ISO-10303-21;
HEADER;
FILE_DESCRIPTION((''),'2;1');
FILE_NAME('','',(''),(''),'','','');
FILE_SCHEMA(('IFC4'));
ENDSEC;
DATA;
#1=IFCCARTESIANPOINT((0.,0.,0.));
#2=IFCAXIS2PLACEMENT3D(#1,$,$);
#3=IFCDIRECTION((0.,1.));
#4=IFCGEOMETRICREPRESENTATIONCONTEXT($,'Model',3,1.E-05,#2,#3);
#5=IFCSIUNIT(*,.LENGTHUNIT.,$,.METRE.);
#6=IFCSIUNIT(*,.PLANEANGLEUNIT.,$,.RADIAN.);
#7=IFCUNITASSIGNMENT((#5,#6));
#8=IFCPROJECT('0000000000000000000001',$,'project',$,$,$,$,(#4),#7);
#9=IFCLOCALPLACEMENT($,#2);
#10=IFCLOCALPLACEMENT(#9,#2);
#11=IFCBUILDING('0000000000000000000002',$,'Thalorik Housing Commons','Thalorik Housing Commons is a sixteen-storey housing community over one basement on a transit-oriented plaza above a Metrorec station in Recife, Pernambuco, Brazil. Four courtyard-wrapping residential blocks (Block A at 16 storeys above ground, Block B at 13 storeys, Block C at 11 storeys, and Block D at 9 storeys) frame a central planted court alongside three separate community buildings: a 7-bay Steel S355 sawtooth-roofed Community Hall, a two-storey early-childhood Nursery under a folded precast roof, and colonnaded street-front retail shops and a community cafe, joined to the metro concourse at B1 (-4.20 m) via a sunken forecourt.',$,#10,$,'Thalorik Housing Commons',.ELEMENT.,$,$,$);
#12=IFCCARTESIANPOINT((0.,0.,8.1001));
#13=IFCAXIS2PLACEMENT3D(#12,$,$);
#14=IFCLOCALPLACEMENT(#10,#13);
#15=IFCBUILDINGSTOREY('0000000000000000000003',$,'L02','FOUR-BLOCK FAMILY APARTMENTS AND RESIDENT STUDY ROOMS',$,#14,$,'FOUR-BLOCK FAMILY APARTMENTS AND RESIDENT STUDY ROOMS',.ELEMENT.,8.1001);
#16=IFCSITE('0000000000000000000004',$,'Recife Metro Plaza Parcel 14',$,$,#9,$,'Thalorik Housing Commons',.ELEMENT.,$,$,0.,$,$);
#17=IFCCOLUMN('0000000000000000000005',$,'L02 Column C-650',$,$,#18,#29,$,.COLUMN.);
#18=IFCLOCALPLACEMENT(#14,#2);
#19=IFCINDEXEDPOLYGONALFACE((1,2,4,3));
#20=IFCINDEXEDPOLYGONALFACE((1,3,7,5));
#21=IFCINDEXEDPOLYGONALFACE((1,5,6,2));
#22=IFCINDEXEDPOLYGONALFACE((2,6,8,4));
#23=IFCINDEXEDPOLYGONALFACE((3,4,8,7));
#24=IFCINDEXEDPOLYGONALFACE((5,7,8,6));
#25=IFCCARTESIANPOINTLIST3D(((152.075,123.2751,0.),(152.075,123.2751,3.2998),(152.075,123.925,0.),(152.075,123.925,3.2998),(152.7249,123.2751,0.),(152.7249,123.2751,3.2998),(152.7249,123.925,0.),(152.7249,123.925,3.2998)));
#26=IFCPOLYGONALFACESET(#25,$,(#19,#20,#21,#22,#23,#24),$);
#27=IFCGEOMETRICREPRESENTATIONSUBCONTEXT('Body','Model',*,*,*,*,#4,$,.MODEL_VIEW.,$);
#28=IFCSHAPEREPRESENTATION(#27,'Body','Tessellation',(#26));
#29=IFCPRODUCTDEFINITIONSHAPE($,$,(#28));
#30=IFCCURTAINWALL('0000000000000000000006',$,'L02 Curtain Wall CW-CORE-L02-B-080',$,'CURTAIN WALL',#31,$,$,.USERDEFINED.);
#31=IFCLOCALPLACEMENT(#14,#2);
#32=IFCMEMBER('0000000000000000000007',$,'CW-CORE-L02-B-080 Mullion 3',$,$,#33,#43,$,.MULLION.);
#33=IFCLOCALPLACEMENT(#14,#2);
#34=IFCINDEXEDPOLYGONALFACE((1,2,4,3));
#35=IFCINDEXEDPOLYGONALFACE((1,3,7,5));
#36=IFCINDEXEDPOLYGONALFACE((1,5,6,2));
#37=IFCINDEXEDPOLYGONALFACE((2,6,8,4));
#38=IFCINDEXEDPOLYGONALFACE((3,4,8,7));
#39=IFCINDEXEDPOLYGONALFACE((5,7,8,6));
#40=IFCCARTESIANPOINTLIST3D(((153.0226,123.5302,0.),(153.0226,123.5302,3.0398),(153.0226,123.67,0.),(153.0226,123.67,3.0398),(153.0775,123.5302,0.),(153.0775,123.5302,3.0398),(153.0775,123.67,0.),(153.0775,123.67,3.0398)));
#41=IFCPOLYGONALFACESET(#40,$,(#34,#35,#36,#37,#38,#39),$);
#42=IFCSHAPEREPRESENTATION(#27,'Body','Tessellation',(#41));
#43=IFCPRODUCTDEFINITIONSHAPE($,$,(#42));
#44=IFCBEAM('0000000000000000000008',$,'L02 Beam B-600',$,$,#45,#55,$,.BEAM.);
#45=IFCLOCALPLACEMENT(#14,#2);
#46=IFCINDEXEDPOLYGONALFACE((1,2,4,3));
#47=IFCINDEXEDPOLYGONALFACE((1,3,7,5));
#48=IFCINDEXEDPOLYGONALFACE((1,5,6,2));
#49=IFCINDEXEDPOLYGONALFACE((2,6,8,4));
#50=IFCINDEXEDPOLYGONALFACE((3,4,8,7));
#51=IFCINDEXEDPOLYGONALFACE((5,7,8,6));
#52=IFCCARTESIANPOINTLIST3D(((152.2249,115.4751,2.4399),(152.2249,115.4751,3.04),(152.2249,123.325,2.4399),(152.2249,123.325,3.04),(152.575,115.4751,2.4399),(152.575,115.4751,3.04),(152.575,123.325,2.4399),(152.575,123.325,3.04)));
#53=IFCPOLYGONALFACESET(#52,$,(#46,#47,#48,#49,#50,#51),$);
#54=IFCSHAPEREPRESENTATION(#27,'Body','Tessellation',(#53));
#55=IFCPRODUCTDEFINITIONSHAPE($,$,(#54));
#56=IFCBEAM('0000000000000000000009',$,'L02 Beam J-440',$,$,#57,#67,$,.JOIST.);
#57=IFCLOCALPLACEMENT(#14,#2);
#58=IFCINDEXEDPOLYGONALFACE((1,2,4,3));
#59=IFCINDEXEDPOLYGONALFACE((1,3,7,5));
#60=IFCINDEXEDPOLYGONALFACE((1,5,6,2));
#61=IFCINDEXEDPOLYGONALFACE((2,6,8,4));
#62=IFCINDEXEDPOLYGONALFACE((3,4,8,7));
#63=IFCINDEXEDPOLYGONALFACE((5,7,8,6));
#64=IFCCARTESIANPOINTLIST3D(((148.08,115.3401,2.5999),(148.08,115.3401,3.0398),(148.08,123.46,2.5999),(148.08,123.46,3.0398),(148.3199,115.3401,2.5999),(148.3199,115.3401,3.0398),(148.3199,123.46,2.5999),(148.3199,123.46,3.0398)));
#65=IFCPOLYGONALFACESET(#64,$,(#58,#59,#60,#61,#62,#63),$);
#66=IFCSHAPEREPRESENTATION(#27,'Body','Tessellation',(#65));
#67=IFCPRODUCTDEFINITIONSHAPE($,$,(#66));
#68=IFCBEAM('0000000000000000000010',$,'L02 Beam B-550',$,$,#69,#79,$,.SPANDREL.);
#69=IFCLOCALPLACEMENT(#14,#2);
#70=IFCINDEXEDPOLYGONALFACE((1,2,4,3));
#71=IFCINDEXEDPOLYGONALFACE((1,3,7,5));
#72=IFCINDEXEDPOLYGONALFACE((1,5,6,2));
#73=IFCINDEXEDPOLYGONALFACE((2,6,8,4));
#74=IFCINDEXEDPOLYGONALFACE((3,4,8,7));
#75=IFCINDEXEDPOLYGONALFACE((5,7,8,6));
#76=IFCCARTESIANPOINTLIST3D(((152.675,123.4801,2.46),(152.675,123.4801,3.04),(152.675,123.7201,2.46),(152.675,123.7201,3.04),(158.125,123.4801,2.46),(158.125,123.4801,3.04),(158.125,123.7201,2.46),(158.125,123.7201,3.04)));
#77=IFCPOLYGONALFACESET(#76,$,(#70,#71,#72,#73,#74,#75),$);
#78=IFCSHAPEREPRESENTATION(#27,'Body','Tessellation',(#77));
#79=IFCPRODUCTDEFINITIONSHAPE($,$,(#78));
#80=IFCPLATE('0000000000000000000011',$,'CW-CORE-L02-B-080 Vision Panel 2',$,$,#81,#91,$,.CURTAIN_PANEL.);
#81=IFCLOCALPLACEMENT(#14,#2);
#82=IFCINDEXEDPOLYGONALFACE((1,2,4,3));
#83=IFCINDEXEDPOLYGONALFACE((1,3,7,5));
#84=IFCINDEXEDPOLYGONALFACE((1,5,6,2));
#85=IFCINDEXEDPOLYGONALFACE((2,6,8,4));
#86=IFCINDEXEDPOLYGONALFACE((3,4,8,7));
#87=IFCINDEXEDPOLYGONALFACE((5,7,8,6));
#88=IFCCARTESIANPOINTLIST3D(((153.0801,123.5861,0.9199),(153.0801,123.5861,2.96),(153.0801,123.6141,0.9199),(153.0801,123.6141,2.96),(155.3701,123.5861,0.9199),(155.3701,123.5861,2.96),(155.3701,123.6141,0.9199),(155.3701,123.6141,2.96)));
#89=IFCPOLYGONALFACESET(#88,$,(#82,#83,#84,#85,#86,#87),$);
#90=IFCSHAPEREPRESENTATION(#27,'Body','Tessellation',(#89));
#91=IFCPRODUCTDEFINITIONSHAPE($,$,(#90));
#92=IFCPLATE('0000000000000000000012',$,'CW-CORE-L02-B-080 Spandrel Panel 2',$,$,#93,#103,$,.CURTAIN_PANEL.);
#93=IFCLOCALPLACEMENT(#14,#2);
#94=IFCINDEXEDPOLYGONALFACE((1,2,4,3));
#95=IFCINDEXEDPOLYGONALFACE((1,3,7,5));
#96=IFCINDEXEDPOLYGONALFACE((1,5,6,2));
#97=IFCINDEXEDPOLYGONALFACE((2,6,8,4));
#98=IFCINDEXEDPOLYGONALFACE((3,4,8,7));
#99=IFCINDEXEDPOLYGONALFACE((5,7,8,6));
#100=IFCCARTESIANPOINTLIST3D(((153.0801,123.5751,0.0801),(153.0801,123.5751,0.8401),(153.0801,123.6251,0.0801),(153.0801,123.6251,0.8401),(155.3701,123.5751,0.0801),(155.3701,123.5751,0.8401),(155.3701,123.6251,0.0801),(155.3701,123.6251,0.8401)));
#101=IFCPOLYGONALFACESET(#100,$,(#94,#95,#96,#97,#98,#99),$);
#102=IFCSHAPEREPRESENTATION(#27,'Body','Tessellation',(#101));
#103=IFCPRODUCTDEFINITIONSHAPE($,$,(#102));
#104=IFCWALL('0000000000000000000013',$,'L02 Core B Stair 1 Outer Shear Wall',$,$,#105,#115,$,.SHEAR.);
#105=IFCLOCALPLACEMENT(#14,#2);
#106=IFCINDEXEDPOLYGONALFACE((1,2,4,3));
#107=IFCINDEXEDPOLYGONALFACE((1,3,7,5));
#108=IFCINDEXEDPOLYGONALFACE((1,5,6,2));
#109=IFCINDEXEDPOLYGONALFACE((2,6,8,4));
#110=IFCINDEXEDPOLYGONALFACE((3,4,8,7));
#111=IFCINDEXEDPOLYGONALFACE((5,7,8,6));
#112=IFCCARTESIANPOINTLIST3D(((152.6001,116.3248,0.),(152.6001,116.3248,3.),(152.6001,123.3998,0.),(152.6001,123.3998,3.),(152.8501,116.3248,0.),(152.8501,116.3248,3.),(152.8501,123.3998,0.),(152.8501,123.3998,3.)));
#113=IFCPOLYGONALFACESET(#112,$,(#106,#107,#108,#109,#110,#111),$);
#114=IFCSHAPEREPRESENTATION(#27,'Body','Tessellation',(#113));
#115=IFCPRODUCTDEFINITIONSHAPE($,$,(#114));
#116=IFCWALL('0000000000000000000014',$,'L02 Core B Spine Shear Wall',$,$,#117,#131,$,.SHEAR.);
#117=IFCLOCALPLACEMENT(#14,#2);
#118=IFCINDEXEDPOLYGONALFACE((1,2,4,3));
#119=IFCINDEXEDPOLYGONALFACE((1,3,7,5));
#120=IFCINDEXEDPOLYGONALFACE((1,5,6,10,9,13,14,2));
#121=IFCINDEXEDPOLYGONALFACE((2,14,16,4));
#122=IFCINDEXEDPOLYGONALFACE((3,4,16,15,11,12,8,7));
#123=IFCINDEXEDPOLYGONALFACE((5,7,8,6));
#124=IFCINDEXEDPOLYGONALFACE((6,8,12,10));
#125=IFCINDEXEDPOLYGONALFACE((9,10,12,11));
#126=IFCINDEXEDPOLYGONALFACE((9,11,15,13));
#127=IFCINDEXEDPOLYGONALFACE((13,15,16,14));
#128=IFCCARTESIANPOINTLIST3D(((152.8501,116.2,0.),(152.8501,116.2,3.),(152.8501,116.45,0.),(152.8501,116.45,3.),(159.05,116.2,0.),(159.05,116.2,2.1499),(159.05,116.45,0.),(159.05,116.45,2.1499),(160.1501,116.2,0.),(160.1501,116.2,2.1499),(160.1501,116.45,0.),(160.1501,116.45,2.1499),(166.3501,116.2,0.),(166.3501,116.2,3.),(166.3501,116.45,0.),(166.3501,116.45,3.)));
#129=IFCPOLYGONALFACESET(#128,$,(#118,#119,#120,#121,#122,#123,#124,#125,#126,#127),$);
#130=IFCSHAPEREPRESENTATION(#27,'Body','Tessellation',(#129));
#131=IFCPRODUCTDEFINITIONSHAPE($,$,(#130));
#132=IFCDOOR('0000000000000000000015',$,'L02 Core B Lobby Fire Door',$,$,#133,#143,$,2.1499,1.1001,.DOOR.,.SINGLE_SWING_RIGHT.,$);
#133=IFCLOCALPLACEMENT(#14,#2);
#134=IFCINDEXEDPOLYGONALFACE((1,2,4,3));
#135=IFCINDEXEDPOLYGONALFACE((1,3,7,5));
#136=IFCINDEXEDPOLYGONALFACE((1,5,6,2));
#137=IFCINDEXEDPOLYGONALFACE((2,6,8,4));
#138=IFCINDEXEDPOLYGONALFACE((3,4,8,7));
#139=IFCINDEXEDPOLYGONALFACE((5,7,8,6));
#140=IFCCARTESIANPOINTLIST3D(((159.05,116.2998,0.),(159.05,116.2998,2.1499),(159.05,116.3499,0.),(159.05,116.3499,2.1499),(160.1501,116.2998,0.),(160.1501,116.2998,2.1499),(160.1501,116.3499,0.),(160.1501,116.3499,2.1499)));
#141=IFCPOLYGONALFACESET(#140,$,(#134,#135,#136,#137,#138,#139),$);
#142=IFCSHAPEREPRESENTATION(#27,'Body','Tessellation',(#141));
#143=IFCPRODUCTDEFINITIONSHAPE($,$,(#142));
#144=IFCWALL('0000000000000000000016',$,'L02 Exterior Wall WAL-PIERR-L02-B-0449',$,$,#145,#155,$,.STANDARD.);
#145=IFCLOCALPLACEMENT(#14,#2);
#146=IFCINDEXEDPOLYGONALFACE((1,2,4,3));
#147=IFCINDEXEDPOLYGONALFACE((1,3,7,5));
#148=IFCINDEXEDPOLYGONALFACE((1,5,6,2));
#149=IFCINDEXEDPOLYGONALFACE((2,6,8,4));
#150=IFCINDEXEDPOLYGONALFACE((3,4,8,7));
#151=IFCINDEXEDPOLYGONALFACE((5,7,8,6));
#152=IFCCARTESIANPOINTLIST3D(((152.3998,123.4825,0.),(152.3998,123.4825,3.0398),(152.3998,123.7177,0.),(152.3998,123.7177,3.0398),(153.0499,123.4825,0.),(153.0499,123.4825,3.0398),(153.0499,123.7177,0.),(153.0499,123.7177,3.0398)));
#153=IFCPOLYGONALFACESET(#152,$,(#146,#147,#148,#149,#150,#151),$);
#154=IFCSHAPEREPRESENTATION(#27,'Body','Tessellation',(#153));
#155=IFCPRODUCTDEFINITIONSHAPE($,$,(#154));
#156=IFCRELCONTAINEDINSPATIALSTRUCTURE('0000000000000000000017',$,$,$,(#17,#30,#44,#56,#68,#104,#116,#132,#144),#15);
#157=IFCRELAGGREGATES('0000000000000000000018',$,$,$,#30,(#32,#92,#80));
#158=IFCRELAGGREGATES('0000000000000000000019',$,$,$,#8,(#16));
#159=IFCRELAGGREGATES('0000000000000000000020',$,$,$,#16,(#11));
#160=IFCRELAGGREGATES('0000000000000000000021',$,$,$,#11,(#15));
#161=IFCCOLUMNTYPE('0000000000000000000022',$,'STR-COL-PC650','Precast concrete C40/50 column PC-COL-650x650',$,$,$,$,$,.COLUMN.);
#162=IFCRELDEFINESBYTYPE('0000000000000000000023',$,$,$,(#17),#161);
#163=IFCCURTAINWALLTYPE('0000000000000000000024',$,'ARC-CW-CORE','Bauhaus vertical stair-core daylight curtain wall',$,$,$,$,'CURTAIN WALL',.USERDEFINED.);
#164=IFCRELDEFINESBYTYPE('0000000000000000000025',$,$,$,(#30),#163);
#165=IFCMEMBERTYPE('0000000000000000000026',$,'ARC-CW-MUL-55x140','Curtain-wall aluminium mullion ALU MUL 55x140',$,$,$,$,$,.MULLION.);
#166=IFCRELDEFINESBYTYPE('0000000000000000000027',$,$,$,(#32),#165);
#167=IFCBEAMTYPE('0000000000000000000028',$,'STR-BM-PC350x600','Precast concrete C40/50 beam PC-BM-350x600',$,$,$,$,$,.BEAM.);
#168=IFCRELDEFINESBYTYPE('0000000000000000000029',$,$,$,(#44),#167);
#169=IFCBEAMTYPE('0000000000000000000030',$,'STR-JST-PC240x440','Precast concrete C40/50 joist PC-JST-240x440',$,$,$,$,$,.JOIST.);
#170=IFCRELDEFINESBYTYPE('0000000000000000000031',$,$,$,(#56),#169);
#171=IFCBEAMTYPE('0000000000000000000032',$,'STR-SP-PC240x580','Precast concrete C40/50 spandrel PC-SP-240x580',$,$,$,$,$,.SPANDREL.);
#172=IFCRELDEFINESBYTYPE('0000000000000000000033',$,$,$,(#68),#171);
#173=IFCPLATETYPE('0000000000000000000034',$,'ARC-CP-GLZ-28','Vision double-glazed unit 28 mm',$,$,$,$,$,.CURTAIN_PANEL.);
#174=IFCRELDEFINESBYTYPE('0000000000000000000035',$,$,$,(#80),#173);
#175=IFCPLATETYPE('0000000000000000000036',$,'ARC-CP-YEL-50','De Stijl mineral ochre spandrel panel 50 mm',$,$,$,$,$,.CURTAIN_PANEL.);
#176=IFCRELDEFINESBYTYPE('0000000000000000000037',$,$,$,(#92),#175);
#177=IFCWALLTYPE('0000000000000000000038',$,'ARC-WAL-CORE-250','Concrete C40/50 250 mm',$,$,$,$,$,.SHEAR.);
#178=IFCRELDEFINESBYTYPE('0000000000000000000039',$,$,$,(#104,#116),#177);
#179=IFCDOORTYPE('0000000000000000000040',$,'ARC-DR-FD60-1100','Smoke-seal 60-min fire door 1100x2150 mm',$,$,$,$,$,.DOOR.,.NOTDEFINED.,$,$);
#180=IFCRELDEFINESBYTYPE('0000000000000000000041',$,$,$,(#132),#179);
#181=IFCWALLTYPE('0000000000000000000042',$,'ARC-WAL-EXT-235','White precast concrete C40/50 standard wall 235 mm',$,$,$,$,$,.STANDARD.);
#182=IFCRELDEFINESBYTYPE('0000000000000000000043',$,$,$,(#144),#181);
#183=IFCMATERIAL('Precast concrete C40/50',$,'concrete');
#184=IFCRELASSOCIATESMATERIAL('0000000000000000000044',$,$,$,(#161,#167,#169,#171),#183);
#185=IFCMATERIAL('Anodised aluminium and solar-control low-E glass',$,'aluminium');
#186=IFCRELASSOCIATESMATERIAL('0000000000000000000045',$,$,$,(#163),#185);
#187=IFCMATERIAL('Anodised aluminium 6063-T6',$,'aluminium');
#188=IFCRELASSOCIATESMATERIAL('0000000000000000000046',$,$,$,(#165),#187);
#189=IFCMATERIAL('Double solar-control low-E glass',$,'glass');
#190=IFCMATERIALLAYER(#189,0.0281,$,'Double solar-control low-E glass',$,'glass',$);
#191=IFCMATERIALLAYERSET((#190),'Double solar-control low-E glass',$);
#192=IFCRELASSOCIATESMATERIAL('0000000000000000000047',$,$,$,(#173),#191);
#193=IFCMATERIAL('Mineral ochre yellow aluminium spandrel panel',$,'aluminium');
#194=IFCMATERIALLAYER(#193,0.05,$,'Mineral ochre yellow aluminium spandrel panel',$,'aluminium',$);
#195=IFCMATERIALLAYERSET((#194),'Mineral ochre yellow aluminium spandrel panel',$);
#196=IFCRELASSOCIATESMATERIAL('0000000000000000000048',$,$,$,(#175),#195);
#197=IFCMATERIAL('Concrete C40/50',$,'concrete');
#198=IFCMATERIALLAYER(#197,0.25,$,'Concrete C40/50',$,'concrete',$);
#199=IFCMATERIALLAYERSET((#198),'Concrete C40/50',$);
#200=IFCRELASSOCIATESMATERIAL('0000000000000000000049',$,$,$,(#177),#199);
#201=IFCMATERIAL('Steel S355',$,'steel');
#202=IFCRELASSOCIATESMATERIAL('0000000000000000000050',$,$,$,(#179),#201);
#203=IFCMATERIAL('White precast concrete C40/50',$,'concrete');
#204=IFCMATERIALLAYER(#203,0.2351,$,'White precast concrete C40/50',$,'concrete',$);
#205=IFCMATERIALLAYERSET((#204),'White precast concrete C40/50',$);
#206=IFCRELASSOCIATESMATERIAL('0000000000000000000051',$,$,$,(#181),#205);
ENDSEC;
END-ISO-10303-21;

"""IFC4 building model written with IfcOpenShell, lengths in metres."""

from ifc_helpers import new_model, si_unit, direction, frame, frame_2d, origin, origin_2d, place, context, subcontext, project, spatial, rectangle, extrude, material, layer, layer_set, material_profile, profile_set, type_object, element, fill, aggregate, save


model = new_model("IFC4")

# Units and contexts
model_context = context("Model", 3, precision=1e-05, world=origin(), true_north=direction((0.0, 1.0)))
body_context = subcontext(model_context, "Body", "Model", "MODEL_VIEW")
ifc_project = project(units=[si_unit("LENGTHUNIT", "METRE"), si_unit("PLANEANGLEUNIT", "RADIAN")], contexts=[model_context])

# Site, building, storey
site_placement = place(None, origin())
site = spatial("IfcSite", under=ifc_project, at=site_placement, Name="Recife Metro Plaza Parcel 14", LongName="Thalorik Housing Commons", CompositionType="ELEMENT", RefElevation=0.0)
building_placement = place(site_placement, origin())
building = spatial("IfcBuilding", under=site, at=building_placement, Name="Thalorik Housing Commons", Description="Thalorik Housing Commons is a sixteen-storey housing community over one basement on a transit-oriented plaza above a Metrorec station in Recife, Pernambuco, Brazil. Four courtyard-wrapping residential blocks (Block A at 16 storeys above ground, Block B at 13 storeys, Block C at 11 storeys, and Block D at 9 storeys) frame a central planted court alongside three separate community buildings: a 7-bay Steel S355 sawtooth-roofed Community Hall, a two-storey early-childhood Nursery under a folded precast roof, and colonnaded street-front retail shops and a community cafe, joined to the metro concourse at B1 (-4.20 m) via a sunken forecourt.", LongName="Thalorik Housing Commons", CompositionType="ELEMENT")
storey_placement = place(building_placement, frame((0.0, 0.0, 8.1001)))
storey = spatial("IfcBuildingStorey", under=building, at=storey_placement, Name="L02", Description="FOUR-BLOCK FAMILY APARTMENTS AND RESIDENT STUDY ROOMS", LongName="FOUR-BLOCK FAMILY APARTMENTS AND RESIDENT STUDY ROOMS", CompositionType="ELEMENT", Elevation=8.1001)

# Column
ifc_material_1 = material(Name="Precast concrete C40/50", Category="concrete")
ifc_material_profile_1 = material_profile(ifc_material_1, rectangle(XDim=0.6499, YDim=0.6499, at=origin_2d()), Name="PC 650x650", Category="concrete")
ifc_profile_set_1 = profile_set([ifc_material_profile_1], Name="Precast concrete C40/50")
column_type = type_object("IfcColumnType", Name="STR-COL-PC650", Description="Precast concrete C40/50 column PC-COL-650x650", PredefinedType="COLUMN", material=ifc_profile_set_1)
column_placement = place(storey_placement, frame((152.3999, 123.6001, 0.0), z_axis=(0.0, 0.0, 1.0), x_axis=(1.0, 0.0, 0.0)))
element("IfcColumn", 1, at=column_placement, inside=storey, type_object=column_type, Name="L02 Column C-650", PredefinedType="COLUMN", context=body_context, shape_type="SweptSolid", body=[
    extrude(rectangle(XDim=0.6499, YDim=0.6499, at=origin_2d()), origin(), (0.0, 0.0, 1.0), 3.2998),
])

# Curtain wall, member
ifc_material_2 = material(Name="Anodised aluminium and solar-control low-E glass", Category="aluminium")
curtain_wall_type = type_object("IfcCurtainWallType", Name="ARC-CW-CORE", Description="Bauhaus vertical stair-core daylight curtain wall", ElementType="CURTAIN WALL", PredefinedType="USERDEFINED", material=ifc_material_2)
curtain_wall_placement = place(storey_placement, origin())
curtain_wall = element("IfcCurtainWall", 2, at=curtain_wall_placement, inside=storey, type_object=curtain_wall_type, Name="L02 Curtain Wall CW-CORE-L02-B-080", ObjectType="CURTAIN WALL", PredefinedType="USERDEFINED")
ifc_material_3 = material(Name="Anodised aluminium 6063-T6", Category="aluminium")
ifc_material_profile_2 = material_profile(ifc_material_3, rectangle(XDim=0.0549, YDim=0.1399, at=origin_2d()), Name="ALU MUL 55x140", Category="aluminium")
ifc_profile_set_2 = profile_set([ifc_material_profile_2], Name="Anodised aluminium 6063-T6")
member_type = type_object("IfcMemberType", Name="ARC-CW-MUL-55x140", Description="Curtain-wall aluminium mullion ALU MUL 55x140", PredefinedType="MULLION", material=ifc_profile_set_2)
member_placement = place(storey_placement, frame((153.05, 123.6001, 0.0), z_axis=(0.0, 0.0, 1.0), x_axis=(-1.0, 0.0, 0.0)))
member = element("IfcMember", 3, at=member_placement, type_object=member_type, Name="CW-CORE-L02-B-080 Mullion 3", PredefinedType="MULLION", context=body_context, shape_type="SweptSolid", body=[
    extrude(rectangle(XDim=0.0549, YDim=0.1399, at=origin_2d()), origin(), (0.0, 0.0, 1.0), 3.0398),
])

# Beams
ifc_material_profile_3 = material_profile(ifc_material_1, rectangle(XDim=0.3501, YDim=0.6001, at=origin_2d()), Name="PC 350x600", Category="concrete")
ifc_profile_set_3 = profile_set([ifc_material_profile_3], Name="Precast concrete C40/50")
beam_type_1 = type_object("IfcBeamType", Name="STR-BM-PC350x600", Description="Precast concrete C40/50 beam PC-BM-350x600", PredefinedType="BEAM", material=ifc_profile_set_3)
beam_1_placement = place(storey_placement, frame((152.3999, 115.4751, 2.74), z_axis=(0.0, 1.0, 0.0), x_axis=(-1.0, 0.0, 0.0)))
element("IfcBeam", 4, at=beam_1_placement, inside=storey, type_object=beam_type_1, Name="L02 Beam B-600", PredefinedType="BEAM", context=body_context, shape_type="SweptSolid", body=[
    extrude(rectangle(XDim=0.3501, YDim=0.6001, at=origin_2d()), origin(), (0.0, 0.0, 1.0), 7.8499),
])
ifc_material_profile_4 = material_profile(ifc_material_1, rectangle(XDim=0.24, YDim=0.4399, at=origin_2d()), Name="PC JST 240x440", Category="concrete")
ifc_profile_set_4 = profile_set([ifc_material_profile_4], Name="Precast concrete C40/50")
beam_type_2 = type_object("IfcBeamType", Name="STR-JST-PC240x440", Description="Precast concrete C40/50 joist PC-JST-240x440", PredefinedType="JOIST", material=ifc_profile_set_4)
beam_2_placement = place(storey_placement, frame((148.2, 115.3401, 2.8198), z_axis=(0.0, 1.0, 0.0), x_axis=(-1.0, 0.0, 0.0)))
element("IfcBeam", 5, at=beam_2_placement, inside=storey, type_object=beam_type_2, Name="L02 Beam J-440", PredefinedType="JOIST", context=body_context, shape_type="SweptSolid", body=[
    extrude(rectangle(XDim=0.24, YDim=0.4399, at=origin_2d()), origin(), (0.0, 0.0, 1.0), 8.1199),
])
ifc_material_profile_5 = material_profile(ifc_material_1, rectangle(XDim=0.24, YDim=0.5801, at=origin_2d()), Name="PC SP 240x580", Category="concrete")
ifc_profile_set_5 = profile_set([ifc_material_profile_5], Name="Precast concrete C40/50")
beam_type_3 = type_object("IfcBeamType", Name="STR-SP-PC240x580", Description="Precast concrete C40/50 spandrel PC-SP-240x580", PredefinedType="SPANDREL", material=ifc_profile_set_5)
beam_3_placement = place(storey_placement, frame((152.675, 123.6001, 2.75), z_axis=(1.0, 0.0, 0.0), x_axis=(0.0, 1.0, 0.0)))
element("IfcBeam", 6, at=beam_3_placement, inside=storey, type_object=beam_type_3, Name="L02 Beam B-550", PredefinedType="SPANDREL", context=body_context, shape_type="SweptSolid", body=[
    extrude(rectangle(XDim=0.24, YDim=0.5801, at=origin_2d()), origin(), (0.0, 0.0, 1.0), 5.45),
])

# Plates
ifc_material_4 = material(Name="Double solar-control low-E glass", Category="glass")
ifc_layer_1 = layer(ifc_material_4, 0.0281, Name="Double solar-control low-E glass", Category="glass")
ifc_layer_set_1 = layer_set([ifc_layer_1], Name="Double solar-control low-E glass")
plate_type_1 = type_object("IfcPlateType", Name="ARC-CP-GLZ-28", Description="Vision double-glazed unit 28 mm", PredefinedType="CURTAIN_PANEL", material=ifc_layer_set_1)
plate_1_placement = place(storey_placement, frame((154.2251, 123.6001, 0.9199), z_axis=(0.0, 0.0, 1.0), x_axis=(-1.0, 0.0, 0.0)))
plate_1 = element("IfcPlate", 7, at=plate_1_placement, type_object=plate_type_1, Name="CW-CORE-L02-B-080 Vision Panel 2", PredefinedType="CURTAIN_PANEL", context=body_context, shape_type="SweptSolid", body=[
    extrude(rectangle(XDim=2.29, YDim=0.0281, at=origin_2d()), origin(), (0.0, 0.0, 1.0), 2.04),
])
ifc_material_5 = material(Name="Mineral ochre yellow aluminium spandrel panel", Category="aluminium")
ifc_layer_2 = layer(ifc_material_5, 0.05, Name="Mineral ochre yellow aluminium spandrel panel", Category="aluminium")
ifc_layer_set_2 = layer_set([ifc_layer_2], Name="Mineral ochre yellow aluminium spandrel panel")
plate_type_2 = type_object("IfcPlateType", Name="ARC-CP-YEL-50", Description="De Stijl mineral ochre spandrel panel 50 mm", PredefinedType="CURTAIN_PANEL", material=ifc_layer_set_2)
plate_2_placement = place(storey_placement, frame((154.2251, 123.6001, 0.0801), z_axis=(0.0, 0.0, 1.0), x_axis=(-1.0, 0.0, 0.0)))
plate_2 = element("IfcPlate", 8, at=plate_2_placement, type_object=plate_type_2, Name="CW-CORE-L02-B-080 Spandrel Panel 2", PredefinedType="CURTAIN_PANEL", context=body_context, shape_type="SweptSolid", body=[
    extrude(rectangle(XDim=2.29, YDim=0.05, at=origin_2d()), origin(), (0.0, 0.0, 1.0), 0.76),
])
aggregate(curtain_wall, [member, plate_2, plate_1])

# Wall
ifc_material_6 = material(Name="Concrete C40/50", Category="concrete")
ifc_layer_3 = layer(ifc_material_6, 0.25, Name="Concrete C40/50", Category="concrete")
ifc_layer_set_3 = layer_set([ifc_layer_3], Name="Concrete C40/50")
wall_type_1 = type_object("IfcWallType", Name="ARC-WAL-CORE-250", Description="Concrete C40/50 250 mm", PredefinedType="SHEAR", material=ifc_layer_set_3)
wall_1_placement = place(storey_placement, frame((152.7251, 123.3999, 0.0), z_axis=(0.0, 0.0, 1.0), x_axis=(0.0, -1.0, 0.0)))
element("IfcWall", 9, at=wall_1_placement, inside=storey, type_object=wall_type_1, Name="L02 Core B Stair 1 Outer Shear Wall", PredefinedType="SHEAR", context=body_context, shape_type="SweptSolid", body=[
    extrude(rectangle(XDim=7.075, YDim=0.25, at=frame_2d((3.5376, 0.0))), origin(), (0.0, 0.0, 1.0), 3.0),
])

# Wall, opening, door
wall_2_placement = place(storey_placement, frame((152.8501, 116.325, 0.0), z_axis=(0.0, 0.0, 1.0), x_axis=(1.0, 0.0, 0.0)))
wall_2 = element("IfcWall", 10, at=wall_2_placement, inside=storey, type_object=wall_type_1, Name="L02 Core B Spine Shear Wall", PredefinedType="SHEAR", context=body_context, shape_type="SweptSolid", body=[
    extrude(rectangle(XDim=13.5, YDim=0.25, at=frame_2d((6.75, 0.0))), origin(), (0.0, 0.0, 1.0), 3.0),
])
opening_1_placement = place(wall_2_placement, frame((6.2, 0.0, 0.0)))
opening_1 = element("IfcOpeningElement", 11, at=opening_1_placement, cuts=wall_2, PredefinedType="OPENING", context=body_context, shape_type="SweptSolid", body=[
    extrude(rectangle(XDim=1.1001, YDim=2.1499, at=frame_2d((0.55, 1.075))), frame((0.0, 0.135, 0.0), z_axis=(0.0, -1.0, 0.0), x_axis=(1.0, 0.0, 0.0)), (0.0, 0.0, 1.0), 0.27),
])
ifc_material_7 = material(Name="Steel S355", Category="steel")
door_type_1 = type_object("IfcDoorType", Name="ARC-DR-FD60-1100", Description="Smoke-seal 60-min fire door 1100x2150 mm", OperationType="NOTDEFINED", PredefinedType="DOOR", material=ifc_material_7)
door_1_placement = place(opening_1_placement, origin())
door_1 = element("IfcDoor", 12, at=door_1_placement, inside=storey, type_object=door_type_1, Name="L02 Core B Lobby Fire Door", OperationType="SINGLE_SWING_RIGHT", OverallHeight=2.1499, OverallWidth=1.1001, PredefinedType="DOOR", context=body_context, shape_type="SweptSolid", body=[
    extrude(rectangle(XDim=1.1001, YDim=2.1499, at=frame_2d((0.55, 1.075))), frame((0.0, 0.0249, 0.0), z_axis=(0.0, -1.0, 0.0), x_axis=(1.0, 0.0, 0.0)), (0.0, 0.0, 1.0), 0.05),
])
fill(opening_1, door_1)

# Wall
ifc_material_8 = material(Name="White precast concrete C40/50", Category="concrete")
ifc_layer_4 = layer(ifc_material_8, 0.2351, Name="White precast concrete C40/50", Category="concrete")
ifc_layer_set_4 = layer_set([ifc_layer_4], Name="White precast concrete C40/50")
wall_type_2 = type_object("IfcWallType", Name="ARC-WAL-EXT-235", Description="White precast concrete C40/50 standard wall 235 mm", PredefinedType="STANDARD", material=ifc_layer_set_4)
wall_3_placement = place(storey_placement, frame((153.05, 123.6001, 0.0), z_axis=(0.0, 0.0, 1.0), x_axis=(-1.0, 0.0, 0.0)))
element("IfcWall", 13, at=wall_3_placement, inside=storey, type_object=wall_type_2, Name="L02 Exterior Wall WAL-PIERR-L02-B-0449", PredefinedType="STANDARD", context=body_context, shape_type="SweptSolid", body=[
    extrude(rectangle(XDim=0.6501, YDim=0.2351, at=frame_2d((0.3252, 0.0))), origin(), (0.0, 0.0, 1.0), 3.0398),
])

save(model, "model.ifc")
